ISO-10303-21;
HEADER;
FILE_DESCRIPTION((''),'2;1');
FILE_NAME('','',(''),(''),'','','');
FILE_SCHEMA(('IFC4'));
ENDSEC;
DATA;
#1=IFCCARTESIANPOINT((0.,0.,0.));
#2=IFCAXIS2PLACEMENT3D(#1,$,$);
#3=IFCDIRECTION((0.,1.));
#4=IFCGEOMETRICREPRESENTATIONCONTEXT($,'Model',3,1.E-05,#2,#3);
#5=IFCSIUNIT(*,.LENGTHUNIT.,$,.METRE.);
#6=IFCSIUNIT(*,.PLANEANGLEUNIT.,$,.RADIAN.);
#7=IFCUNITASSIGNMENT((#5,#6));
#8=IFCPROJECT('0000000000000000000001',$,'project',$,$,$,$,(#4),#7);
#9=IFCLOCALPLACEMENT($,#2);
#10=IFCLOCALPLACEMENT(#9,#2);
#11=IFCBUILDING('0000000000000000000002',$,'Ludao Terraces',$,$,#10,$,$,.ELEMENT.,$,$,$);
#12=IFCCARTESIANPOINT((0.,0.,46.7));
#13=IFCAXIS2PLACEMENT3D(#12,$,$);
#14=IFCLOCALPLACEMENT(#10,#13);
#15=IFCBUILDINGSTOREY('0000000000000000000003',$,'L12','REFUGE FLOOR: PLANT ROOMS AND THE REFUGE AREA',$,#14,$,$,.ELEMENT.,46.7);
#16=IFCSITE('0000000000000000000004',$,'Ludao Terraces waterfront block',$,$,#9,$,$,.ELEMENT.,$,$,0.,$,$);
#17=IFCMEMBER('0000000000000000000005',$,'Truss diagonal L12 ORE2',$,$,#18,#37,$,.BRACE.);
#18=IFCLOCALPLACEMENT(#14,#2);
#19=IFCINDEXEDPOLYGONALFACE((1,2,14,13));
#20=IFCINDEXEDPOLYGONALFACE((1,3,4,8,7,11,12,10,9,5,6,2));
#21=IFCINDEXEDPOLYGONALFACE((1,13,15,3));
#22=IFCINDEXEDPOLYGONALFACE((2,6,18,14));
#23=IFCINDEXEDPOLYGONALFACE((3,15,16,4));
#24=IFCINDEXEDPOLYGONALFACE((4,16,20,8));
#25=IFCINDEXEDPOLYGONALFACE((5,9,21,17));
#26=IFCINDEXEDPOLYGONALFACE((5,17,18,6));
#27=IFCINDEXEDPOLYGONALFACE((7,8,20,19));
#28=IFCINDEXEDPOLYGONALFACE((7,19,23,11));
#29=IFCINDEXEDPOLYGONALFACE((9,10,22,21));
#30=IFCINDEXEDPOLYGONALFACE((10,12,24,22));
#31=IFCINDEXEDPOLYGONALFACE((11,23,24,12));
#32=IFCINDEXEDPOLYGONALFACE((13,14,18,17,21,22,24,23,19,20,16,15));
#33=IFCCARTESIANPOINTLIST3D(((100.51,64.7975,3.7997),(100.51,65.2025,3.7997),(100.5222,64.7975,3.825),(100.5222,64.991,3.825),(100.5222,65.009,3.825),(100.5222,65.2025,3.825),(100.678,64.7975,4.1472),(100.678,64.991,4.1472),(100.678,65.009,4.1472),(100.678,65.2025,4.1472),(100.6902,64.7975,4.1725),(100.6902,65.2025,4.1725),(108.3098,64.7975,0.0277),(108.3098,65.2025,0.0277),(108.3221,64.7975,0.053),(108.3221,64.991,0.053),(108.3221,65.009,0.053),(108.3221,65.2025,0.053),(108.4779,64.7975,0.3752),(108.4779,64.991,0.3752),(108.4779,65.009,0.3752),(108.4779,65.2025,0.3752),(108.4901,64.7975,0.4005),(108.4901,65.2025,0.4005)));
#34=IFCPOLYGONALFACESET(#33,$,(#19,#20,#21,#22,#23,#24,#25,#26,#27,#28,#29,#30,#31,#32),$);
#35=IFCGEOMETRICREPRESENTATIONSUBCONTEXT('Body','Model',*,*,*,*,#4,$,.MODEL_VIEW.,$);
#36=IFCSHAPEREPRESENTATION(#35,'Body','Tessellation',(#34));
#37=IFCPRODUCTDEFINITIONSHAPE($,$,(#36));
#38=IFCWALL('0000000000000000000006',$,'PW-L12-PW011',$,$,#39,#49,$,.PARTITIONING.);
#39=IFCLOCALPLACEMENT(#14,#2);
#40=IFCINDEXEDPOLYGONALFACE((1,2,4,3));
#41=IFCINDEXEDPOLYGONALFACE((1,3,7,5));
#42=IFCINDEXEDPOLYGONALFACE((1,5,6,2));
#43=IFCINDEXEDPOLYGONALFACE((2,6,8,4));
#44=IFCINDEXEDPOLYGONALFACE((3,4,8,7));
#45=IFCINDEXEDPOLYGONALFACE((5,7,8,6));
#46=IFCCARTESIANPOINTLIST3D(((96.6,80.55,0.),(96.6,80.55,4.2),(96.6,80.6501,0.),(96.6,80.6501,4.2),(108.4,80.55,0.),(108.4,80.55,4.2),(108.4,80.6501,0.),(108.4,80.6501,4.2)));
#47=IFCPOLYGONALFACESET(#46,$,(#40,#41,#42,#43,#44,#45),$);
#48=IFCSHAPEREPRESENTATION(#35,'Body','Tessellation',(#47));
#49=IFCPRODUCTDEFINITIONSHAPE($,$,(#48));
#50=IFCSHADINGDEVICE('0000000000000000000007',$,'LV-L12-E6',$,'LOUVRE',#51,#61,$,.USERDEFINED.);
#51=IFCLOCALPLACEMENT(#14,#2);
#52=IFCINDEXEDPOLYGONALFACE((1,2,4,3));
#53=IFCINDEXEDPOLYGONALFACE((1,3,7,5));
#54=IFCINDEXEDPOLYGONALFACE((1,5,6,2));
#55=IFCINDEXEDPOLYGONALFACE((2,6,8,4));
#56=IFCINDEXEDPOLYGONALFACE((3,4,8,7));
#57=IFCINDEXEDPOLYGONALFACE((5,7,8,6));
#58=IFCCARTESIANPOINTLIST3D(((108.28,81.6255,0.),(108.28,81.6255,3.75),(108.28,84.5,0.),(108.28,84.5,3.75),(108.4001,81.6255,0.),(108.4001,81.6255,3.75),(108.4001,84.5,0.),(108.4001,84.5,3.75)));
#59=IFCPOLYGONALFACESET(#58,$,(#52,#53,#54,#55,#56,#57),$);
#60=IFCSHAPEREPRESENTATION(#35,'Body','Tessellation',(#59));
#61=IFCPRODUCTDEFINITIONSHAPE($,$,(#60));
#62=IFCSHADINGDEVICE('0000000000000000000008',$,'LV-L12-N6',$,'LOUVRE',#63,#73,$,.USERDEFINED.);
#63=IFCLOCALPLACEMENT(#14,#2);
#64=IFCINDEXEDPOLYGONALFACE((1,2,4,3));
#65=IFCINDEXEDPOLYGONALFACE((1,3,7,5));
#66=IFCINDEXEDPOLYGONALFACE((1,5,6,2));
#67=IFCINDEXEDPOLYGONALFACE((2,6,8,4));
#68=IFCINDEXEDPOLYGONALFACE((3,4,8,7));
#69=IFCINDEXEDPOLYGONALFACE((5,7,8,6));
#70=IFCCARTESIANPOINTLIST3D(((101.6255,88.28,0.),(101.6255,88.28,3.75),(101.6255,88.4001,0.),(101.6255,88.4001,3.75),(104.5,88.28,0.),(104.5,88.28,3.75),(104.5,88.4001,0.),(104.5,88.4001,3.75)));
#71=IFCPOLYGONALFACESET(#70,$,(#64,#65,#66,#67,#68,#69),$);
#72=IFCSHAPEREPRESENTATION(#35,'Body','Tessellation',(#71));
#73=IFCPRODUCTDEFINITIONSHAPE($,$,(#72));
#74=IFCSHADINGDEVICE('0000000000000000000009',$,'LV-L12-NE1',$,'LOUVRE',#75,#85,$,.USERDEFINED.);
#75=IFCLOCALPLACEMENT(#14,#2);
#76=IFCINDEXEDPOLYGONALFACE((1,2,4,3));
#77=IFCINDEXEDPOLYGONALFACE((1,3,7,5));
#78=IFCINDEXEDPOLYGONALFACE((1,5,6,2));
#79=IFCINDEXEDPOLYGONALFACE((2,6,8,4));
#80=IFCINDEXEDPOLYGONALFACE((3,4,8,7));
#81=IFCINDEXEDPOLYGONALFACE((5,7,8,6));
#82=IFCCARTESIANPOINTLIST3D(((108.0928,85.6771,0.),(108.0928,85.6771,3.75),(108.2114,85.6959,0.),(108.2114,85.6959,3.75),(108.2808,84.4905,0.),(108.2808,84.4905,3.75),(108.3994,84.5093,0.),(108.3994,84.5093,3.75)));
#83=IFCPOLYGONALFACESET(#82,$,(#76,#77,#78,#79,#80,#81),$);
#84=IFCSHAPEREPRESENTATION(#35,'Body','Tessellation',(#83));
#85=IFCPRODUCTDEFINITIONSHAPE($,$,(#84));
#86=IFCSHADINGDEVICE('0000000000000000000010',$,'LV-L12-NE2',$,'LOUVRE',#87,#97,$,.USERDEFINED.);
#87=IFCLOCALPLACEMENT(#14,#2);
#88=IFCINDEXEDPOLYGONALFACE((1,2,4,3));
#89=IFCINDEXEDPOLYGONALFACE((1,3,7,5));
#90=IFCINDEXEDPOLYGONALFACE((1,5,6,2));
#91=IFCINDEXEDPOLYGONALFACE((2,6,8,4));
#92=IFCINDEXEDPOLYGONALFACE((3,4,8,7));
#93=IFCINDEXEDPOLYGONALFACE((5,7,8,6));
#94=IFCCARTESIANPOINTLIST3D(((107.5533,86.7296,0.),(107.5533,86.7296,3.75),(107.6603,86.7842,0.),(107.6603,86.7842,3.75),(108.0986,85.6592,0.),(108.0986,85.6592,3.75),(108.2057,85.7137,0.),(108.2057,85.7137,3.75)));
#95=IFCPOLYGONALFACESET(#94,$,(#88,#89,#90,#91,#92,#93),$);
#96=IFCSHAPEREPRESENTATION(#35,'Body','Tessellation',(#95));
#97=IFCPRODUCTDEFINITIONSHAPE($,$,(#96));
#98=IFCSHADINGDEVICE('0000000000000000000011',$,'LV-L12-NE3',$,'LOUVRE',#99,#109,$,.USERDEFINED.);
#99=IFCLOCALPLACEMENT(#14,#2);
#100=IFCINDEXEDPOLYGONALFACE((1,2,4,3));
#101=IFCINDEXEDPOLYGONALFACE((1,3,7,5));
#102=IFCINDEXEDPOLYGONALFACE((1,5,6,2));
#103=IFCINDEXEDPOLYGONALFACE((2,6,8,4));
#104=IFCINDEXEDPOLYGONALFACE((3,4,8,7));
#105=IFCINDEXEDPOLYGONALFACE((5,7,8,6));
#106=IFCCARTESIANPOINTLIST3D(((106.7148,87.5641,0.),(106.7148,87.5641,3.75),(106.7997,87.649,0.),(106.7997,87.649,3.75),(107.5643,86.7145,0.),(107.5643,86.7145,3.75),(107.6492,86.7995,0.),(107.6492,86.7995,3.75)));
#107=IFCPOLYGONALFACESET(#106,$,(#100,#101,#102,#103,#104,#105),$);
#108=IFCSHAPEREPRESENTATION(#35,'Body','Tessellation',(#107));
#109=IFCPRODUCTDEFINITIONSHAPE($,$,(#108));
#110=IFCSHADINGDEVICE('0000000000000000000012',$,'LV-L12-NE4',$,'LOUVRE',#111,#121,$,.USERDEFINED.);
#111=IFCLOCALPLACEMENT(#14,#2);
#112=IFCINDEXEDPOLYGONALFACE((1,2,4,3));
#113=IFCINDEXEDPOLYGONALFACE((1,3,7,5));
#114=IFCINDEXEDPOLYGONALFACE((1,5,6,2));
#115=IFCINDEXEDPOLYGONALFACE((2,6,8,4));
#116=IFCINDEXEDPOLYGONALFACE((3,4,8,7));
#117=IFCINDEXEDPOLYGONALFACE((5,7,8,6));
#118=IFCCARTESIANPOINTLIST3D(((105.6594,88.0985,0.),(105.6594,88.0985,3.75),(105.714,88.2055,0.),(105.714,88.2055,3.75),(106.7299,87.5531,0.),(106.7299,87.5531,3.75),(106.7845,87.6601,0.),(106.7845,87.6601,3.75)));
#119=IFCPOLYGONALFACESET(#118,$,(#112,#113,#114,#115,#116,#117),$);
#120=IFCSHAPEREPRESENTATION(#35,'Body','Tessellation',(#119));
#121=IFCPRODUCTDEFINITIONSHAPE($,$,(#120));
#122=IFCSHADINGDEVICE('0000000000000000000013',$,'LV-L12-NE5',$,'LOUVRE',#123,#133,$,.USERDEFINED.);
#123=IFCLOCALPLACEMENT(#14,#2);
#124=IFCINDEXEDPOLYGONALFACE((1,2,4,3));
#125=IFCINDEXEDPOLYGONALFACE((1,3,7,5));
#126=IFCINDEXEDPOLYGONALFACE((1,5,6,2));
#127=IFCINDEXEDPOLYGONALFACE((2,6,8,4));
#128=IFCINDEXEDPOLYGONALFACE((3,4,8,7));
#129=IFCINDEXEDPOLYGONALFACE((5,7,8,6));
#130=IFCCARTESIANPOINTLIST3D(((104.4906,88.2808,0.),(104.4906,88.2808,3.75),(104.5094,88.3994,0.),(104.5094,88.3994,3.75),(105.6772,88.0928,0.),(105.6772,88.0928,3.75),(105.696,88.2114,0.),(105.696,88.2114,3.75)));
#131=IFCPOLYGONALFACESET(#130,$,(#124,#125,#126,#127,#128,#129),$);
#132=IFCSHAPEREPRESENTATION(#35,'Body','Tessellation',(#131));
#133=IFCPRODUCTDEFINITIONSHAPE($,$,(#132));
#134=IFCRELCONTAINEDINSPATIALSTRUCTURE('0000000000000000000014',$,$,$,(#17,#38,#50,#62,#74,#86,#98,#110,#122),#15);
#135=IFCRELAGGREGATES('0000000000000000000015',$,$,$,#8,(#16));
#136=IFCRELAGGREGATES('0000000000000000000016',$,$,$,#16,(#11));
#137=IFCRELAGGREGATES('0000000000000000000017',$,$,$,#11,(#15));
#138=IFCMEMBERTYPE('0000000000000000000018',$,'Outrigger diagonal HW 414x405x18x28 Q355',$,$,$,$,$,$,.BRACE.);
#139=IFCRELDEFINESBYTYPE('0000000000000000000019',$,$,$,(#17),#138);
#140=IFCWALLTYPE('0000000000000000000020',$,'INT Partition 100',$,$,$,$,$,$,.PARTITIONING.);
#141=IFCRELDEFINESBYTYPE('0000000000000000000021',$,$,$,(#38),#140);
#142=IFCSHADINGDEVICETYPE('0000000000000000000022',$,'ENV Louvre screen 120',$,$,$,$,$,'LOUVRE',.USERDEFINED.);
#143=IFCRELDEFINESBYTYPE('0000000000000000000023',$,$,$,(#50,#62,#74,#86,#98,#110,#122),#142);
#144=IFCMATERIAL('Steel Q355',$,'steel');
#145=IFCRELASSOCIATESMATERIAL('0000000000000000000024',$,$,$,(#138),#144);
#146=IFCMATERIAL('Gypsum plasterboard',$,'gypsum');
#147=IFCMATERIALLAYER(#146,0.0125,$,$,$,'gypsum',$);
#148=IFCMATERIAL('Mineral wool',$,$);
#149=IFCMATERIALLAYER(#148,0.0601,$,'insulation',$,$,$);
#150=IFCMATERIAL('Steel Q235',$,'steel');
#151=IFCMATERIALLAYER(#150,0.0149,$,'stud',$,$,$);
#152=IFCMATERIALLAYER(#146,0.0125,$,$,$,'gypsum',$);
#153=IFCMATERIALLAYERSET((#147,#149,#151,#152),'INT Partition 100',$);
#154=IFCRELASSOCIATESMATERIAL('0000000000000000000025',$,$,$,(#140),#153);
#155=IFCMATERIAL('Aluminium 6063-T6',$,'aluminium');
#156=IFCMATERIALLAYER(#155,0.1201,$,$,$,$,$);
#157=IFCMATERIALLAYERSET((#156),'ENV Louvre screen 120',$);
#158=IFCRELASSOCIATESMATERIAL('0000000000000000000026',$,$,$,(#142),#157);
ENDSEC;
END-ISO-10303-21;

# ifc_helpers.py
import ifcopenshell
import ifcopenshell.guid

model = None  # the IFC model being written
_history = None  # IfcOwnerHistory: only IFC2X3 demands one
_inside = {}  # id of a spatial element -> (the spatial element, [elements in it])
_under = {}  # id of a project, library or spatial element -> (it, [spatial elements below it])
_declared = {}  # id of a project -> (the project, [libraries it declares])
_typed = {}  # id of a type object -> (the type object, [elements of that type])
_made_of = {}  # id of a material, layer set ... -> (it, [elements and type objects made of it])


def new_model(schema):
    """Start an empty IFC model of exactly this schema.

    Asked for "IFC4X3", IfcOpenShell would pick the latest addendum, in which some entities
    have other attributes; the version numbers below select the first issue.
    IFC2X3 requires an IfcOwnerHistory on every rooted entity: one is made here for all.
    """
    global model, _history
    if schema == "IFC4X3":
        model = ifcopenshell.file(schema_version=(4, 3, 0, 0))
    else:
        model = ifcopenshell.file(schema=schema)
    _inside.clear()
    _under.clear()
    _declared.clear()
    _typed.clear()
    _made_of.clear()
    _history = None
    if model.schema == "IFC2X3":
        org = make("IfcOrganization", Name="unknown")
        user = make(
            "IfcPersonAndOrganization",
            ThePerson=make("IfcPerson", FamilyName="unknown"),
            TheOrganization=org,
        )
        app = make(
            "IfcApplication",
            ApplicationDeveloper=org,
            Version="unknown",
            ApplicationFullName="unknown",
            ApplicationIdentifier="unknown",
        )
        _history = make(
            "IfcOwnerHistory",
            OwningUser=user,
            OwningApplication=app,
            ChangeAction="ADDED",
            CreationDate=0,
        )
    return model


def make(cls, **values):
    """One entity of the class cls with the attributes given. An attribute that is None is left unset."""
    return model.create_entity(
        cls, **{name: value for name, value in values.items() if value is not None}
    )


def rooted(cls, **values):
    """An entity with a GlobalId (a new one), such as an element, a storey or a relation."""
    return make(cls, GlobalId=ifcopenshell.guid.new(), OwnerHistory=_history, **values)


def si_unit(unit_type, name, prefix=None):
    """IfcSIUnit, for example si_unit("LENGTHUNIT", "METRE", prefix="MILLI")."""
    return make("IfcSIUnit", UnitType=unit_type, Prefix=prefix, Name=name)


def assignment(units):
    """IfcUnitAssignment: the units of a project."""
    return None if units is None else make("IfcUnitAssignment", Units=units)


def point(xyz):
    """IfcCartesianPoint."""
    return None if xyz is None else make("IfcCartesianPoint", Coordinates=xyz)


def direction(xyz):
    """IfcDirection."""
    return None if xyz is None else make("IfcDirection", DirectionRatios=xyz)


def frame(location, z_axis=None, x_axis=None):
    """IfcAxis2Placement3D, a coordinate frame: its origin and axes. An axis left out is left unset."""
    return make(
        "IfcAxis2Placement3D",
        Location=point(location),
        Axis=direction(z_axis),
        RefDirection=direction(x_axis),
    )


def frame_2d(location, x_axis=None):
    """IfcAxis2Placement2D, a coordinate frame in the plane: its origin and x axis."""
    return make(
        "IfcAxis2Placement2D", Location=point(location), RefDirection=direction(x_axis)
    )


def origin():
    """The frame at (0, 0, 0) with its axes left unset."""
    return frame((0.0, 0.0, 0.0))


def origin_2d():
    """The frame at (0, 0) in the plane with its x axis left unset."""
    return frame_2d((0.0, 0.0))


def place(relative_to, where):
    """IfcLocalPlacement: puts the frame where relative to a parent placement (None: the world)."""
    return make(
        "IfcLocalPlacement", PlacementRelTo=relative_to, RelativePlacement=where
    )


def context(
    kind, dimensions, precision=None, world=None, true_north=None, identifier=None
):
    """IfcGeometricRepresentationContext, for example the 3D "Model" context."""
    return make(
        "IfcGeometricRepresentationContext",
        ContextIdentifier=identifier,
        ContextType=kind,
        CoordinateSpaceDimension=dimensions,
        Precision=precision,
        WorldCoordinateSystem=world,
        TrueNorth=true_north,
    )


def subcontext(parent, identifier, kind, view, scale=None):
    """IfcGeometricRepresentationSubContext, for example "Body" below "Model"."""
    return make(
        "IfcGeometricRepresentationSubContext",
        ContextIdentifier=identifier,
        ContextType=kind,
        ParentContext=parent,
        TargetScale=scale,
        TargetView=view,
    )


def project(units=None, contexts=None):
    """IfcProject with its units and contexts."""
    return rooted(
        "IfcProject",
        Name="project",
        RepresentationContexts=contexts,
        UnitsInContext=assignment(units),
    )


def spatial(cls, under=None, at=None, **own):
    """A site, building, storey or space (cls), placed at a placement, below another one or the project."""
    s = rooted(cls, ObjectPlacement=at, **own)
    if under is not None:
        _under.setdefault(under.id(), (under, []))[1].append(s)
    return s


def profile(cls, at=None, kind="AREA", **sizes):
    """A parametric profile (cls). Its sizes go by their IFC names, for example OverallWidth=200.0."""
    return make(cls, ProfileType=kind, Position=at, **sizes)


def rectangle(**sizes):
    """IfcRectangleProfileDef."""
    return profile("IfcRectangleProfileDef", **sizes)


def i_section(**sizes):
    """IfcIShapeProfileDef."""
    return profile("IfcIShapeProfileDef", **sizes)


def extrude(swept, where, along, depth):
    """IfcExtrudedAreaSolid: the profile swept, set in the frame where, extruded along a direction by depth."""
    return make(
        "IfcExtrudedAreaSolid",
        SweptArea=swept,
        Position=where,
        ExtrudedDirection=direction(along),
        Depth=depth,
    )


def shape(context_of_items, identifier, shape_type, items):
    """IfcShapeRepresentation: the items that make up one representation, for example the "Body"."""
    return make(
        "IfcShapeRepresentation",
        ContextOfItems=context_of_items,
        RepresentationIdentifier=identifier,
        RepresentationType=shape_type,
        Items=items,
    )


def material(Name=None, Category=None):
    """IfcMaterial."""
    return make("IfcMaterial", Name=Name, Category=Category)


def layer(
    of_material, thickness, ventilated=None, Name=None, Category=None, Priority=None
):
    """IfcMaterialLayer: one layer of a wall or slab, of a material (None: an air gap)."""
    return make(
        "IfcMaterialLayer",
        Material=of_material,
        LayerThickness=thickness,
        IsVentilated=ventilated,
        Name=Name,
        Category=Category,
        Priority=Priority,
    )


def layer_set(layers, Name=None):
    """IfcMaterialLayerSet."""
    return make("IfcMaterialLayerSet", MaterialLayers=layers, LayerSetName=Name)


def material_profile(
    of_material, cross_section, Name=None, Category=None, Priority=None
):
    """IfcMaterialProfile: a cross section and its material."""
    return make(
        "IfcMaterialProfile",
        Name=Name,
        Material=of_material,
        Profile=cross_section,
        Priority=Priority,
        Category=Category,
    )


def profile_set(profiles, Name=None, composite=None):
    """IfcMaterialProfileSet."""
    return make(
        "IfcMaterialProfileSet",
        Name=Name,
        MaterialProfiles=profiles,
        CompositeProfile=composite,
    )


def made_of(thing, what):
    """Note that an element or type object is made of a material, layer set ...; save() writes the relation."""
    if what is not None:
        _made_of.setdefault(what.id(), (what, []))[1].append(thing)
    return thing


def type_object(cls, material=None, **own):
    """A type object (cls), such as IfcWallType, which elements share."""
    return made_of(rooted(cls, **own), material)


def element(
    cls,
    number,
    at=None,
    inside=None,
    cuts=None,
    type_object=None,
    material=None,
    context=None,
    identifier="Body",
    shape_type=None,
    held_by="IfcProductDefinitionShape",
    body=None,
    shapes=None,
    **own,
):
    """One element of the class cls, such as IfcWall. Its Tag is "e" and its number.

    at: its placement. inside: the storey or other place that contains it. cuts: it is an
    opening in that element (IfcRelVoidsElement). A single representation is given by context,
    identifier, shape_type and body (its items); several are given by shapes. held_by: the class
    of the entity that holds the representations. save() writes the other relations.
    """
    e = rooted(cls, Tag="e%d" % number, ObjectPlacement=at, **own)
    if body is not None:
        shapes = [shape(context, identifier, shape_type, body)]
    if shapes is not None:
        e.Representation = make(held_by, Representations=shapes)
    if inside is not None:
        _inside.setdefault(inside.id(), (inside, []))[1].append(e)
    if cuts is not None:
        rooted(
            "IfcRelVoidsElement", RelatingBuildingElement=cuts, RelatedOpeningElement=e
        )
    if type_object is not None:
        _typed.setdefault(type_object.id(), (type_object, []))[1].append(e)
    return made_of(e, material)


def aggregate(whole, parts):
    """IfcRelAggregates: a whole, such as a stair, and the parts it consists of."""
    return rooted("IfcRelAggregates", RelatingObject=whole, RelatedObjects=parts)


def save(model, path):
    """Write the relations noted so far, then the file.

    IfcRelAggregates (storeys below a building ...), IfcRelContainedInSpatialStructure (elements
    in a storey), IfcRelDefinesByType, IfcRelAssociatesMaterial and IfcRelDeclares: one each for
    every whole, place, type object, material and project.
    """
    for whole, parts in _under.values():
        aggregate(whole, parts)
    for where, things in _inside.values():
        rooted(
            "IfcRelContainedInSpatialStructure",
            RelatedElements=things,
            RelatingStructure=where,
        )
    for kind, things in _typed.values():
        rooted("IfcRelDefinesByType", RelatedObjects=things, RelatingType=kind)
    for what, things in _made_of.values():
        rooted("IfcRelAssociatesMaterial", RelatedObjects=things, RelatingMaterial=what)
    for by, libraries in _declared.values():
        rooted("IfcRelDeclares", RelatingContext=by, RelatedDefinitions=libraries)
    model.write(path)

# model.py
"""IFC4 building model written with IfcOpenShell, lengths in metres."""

from ifc_helpers import new_model, si_unit, direction, frame, frame_2d, origin, origin_2d, place, context, subcontext, project, spatial, rectangle, i_section, extrude, material, layer, layer_set, material_profile, profile_set, type_object, element, save


model = new_model("IFC4")

# Units and contexts
model_context = context("Model", 3, precision=1e-05, world=origin(), true_north=direction((0.0, 1.0)))
body_context = subcontext(model_context, "Body", "Model", "MODEL_VIEW")
ifc_project = project(units=[si_unit("LENGTHUNIT", "METRE"), si_unit("PLANEANGLEUNIT", "RADIAN")], contexts=[model_context])

# Site, building, storey
site_placement = place(None, origin())
site = spatial("IfcSite", under=ifc_project, at=site_placement, Name="Ludao Terraces waterfront block", CompositionType="ELEMENT", RefElevation=0.0)
building_placement = place(site_placement, origin())
building = spatial("IfcBuilding", under=site, at=building_placement, Name="Ludao Terraces", CompositionType="ELEMENT")
storey_placement = place(building_placement, frame((0.0, 0.0, 46.7)))
storey = spatial("IfcBuildingStorey", under=building, at=storey_placement, Name="L12", Description="REFUGE FLOOR: PLANT ROOMS AND THE REFUGE AREA", CompositionType="ELEMENT", Elevation=46.7)

# Member
ifc_material_1 = material(Name="Steel Q355", Category="steel")
ifc_material_profile_1 = material_profile(ifc_material_1, i_section(OverallWidth=0.405, OverallDepth=0.4141, WebThickness=0.0181, FlangeThickness=0.0281, at=origin_2d()), Name="HW 414X405X18X28")
ifc_profile_set_1 = profile_set([ifc_material_profile_1], Name="Steel Q355")
member_type_1 = type_object("IfcMemberType", Name="Outrigger diagonal HW 414x405x18x28 Q355", PredefinedType="BRACE", material=ifc_profile_set_1)
member_1_placement = place(storey_placement, frame((100.6001, 65.0, 3.9861), z_axis=(0.900255, 0.0, -0.435362), x_axis=(0.0, 1.0, 0.0)))
element("IfcMember", 1, at=member_1_placement, inside=storey, type_object=member_type_1, Name="Truss diagonal L12 ORE2", PredefinedType="BRACE", context=body_context, shape_type="SweptSolid", body=[
    extrude(i_section(OverallWidth=0.405, OverallDepth=0.4141, WebThickness=0.0181, FlangeThickness=0.0281, at=origin_2d()), origin(), (0.0, 0.0, 1.0), 8.6641),
])

# Wall
ifc_material_2 = material(Name="Gypsum plasterboard", Category="gypsum")
ifc_layer_1 = layer(ifc_material_2, 0.0125, Category="gypsum")
ifc_material_3 = material(Name="Mineral wool")
ifc_layer_2 = layer(ifc_material_3, 0.0601, Name="insulation")
ifc_material_4 = material(Name="Steel Q235", Category="steel")
ifc_layer_3 = layer(ifc_material_4, 0.0149, Name="stud")
ifc_layer_4 = layer(ifc_material_2, 0.0125, Category="gypsum")
ifc_layer_set_1 = layer_set([ifc_layer_1, ifc_layer_2, ifc_layer_3, ifc_layer_4], Name="INT Partition 100")
wall_type = type_object("IfcWallType", Name="INT Partition 100", PredefinedType="PARTITIONING", material=ifc_layer_set_1)
wall_placement = place(storey_placement, frame((96.6001, 80.6001, 0.0), z_axis=(0.0, 0.0, 1.0), x_axis=(1.0, 0.0, 0.0)))
element("IfcWall", 2, at=wall_placement, inside=storey, type_object=wall_type, Name="PW-L12-PW011", PredefinedType="PARTITIONING", context=body_context, shape_type="SweptSolid", body=[
    extrude(rectangle(XDim=11.8, YDim=0.1001, at=frame_2d((5.8999, 0.0))), origin(), (0.0, 0.0, 1.0), 4.2),
])

# Shading devices
ifc_material_5 = material(Name="Aluminium 6063-T6", Category="aluminium")
ifc_layer_5 = layer(ifc_material_5, 0.1201)
ifc_layer_set_2 = layer_set([ifc_layer_5], Name="ENV Louvre screen 120")
shading_device_type = type_object("IfcShadingDeviceType", Name="ENV Louvre screen 120", ElementType="LOUVRE", PredefinedType="USERDEFINED", material=ifc_layer_set_2)
for number, where, z_axis, x_axis, name in (
    (3, (108.3401, 81.6255, 0.0), (0.0, 0.0, 1.0), (0.0, 1.0, 0.0), "LV-L12-E6"),
    (4, (101.6255, 88.3401, 0.0), (0.0, 0.0, 1.0), (1.0, 0.0, 0.0), "LV-L12-N6"),
):
    element("IfcShadingDevice", number, at=place(storey_placement, frame(where, z_axis=z_axis, x_axis=x_axis)), inside=storey, type_object=shading_device_type, Name=name, ObjectType="LOUVRE", PredefinedType="USERDEFINED", context=body_context, shape_type="SweptSolid", body=[
        extrude(rectangle(XDim=2.8745, YDim=0.1201, at=frame_2d((1.4373, 0.0))), origin(), (0.0, 0.0, 1.0), 3.75),
    ])
for number, where, z_axis, x_axis, name in (
    (5, (108.3401, 84.5, 0.0), (0.0, 0.0, 1.0), (-0.156484, 0.98768, 0.0), "LV-L12-NE1"),
    (6, (108.1521, 85.6865, 0.0), (0.0, 0.0, 1.0), (-0.453947, 0.891029, 0.0), "LV-L12-NE2"),
    (7, (107.6067, 86.7571, 0.0), (0.0, 0.0, 1.0), (-0.707107, 0.707107, 0.0), "LV-L12-NE3"),
    (8, (106.7571, 87.6067, 0.0), (0.0, 0.0, 1.0), (-0.891029, 0.453947, 0.0), "LV-L12-NE4"),
    (9, (105.6865, 88.1521, 0.0), (0.0, 0.0, 1.0), (-0.98768, 0.156484, 0.0), "LV-L12-NE5"),
):
    element("IfcShadingDevice", number, at=place(storey_placement, frame(where, z_axis=z_axis, x_axis=x_axis)), inside=storey, type_object=shading_device_type, Name=name, ObjectType="LOUVRE", PredefinedType="USERDEFINED", context=body_context, shape_type="SweptSolid", body=[
        extrude(rectangle(XDim=1.2014, YDim=0.1201, at=frame_2d((0.6006, 0.0))), origin(), (0.0, 0.0, 1.0), 3.75),
    ])

save(model, "model.ifc")
